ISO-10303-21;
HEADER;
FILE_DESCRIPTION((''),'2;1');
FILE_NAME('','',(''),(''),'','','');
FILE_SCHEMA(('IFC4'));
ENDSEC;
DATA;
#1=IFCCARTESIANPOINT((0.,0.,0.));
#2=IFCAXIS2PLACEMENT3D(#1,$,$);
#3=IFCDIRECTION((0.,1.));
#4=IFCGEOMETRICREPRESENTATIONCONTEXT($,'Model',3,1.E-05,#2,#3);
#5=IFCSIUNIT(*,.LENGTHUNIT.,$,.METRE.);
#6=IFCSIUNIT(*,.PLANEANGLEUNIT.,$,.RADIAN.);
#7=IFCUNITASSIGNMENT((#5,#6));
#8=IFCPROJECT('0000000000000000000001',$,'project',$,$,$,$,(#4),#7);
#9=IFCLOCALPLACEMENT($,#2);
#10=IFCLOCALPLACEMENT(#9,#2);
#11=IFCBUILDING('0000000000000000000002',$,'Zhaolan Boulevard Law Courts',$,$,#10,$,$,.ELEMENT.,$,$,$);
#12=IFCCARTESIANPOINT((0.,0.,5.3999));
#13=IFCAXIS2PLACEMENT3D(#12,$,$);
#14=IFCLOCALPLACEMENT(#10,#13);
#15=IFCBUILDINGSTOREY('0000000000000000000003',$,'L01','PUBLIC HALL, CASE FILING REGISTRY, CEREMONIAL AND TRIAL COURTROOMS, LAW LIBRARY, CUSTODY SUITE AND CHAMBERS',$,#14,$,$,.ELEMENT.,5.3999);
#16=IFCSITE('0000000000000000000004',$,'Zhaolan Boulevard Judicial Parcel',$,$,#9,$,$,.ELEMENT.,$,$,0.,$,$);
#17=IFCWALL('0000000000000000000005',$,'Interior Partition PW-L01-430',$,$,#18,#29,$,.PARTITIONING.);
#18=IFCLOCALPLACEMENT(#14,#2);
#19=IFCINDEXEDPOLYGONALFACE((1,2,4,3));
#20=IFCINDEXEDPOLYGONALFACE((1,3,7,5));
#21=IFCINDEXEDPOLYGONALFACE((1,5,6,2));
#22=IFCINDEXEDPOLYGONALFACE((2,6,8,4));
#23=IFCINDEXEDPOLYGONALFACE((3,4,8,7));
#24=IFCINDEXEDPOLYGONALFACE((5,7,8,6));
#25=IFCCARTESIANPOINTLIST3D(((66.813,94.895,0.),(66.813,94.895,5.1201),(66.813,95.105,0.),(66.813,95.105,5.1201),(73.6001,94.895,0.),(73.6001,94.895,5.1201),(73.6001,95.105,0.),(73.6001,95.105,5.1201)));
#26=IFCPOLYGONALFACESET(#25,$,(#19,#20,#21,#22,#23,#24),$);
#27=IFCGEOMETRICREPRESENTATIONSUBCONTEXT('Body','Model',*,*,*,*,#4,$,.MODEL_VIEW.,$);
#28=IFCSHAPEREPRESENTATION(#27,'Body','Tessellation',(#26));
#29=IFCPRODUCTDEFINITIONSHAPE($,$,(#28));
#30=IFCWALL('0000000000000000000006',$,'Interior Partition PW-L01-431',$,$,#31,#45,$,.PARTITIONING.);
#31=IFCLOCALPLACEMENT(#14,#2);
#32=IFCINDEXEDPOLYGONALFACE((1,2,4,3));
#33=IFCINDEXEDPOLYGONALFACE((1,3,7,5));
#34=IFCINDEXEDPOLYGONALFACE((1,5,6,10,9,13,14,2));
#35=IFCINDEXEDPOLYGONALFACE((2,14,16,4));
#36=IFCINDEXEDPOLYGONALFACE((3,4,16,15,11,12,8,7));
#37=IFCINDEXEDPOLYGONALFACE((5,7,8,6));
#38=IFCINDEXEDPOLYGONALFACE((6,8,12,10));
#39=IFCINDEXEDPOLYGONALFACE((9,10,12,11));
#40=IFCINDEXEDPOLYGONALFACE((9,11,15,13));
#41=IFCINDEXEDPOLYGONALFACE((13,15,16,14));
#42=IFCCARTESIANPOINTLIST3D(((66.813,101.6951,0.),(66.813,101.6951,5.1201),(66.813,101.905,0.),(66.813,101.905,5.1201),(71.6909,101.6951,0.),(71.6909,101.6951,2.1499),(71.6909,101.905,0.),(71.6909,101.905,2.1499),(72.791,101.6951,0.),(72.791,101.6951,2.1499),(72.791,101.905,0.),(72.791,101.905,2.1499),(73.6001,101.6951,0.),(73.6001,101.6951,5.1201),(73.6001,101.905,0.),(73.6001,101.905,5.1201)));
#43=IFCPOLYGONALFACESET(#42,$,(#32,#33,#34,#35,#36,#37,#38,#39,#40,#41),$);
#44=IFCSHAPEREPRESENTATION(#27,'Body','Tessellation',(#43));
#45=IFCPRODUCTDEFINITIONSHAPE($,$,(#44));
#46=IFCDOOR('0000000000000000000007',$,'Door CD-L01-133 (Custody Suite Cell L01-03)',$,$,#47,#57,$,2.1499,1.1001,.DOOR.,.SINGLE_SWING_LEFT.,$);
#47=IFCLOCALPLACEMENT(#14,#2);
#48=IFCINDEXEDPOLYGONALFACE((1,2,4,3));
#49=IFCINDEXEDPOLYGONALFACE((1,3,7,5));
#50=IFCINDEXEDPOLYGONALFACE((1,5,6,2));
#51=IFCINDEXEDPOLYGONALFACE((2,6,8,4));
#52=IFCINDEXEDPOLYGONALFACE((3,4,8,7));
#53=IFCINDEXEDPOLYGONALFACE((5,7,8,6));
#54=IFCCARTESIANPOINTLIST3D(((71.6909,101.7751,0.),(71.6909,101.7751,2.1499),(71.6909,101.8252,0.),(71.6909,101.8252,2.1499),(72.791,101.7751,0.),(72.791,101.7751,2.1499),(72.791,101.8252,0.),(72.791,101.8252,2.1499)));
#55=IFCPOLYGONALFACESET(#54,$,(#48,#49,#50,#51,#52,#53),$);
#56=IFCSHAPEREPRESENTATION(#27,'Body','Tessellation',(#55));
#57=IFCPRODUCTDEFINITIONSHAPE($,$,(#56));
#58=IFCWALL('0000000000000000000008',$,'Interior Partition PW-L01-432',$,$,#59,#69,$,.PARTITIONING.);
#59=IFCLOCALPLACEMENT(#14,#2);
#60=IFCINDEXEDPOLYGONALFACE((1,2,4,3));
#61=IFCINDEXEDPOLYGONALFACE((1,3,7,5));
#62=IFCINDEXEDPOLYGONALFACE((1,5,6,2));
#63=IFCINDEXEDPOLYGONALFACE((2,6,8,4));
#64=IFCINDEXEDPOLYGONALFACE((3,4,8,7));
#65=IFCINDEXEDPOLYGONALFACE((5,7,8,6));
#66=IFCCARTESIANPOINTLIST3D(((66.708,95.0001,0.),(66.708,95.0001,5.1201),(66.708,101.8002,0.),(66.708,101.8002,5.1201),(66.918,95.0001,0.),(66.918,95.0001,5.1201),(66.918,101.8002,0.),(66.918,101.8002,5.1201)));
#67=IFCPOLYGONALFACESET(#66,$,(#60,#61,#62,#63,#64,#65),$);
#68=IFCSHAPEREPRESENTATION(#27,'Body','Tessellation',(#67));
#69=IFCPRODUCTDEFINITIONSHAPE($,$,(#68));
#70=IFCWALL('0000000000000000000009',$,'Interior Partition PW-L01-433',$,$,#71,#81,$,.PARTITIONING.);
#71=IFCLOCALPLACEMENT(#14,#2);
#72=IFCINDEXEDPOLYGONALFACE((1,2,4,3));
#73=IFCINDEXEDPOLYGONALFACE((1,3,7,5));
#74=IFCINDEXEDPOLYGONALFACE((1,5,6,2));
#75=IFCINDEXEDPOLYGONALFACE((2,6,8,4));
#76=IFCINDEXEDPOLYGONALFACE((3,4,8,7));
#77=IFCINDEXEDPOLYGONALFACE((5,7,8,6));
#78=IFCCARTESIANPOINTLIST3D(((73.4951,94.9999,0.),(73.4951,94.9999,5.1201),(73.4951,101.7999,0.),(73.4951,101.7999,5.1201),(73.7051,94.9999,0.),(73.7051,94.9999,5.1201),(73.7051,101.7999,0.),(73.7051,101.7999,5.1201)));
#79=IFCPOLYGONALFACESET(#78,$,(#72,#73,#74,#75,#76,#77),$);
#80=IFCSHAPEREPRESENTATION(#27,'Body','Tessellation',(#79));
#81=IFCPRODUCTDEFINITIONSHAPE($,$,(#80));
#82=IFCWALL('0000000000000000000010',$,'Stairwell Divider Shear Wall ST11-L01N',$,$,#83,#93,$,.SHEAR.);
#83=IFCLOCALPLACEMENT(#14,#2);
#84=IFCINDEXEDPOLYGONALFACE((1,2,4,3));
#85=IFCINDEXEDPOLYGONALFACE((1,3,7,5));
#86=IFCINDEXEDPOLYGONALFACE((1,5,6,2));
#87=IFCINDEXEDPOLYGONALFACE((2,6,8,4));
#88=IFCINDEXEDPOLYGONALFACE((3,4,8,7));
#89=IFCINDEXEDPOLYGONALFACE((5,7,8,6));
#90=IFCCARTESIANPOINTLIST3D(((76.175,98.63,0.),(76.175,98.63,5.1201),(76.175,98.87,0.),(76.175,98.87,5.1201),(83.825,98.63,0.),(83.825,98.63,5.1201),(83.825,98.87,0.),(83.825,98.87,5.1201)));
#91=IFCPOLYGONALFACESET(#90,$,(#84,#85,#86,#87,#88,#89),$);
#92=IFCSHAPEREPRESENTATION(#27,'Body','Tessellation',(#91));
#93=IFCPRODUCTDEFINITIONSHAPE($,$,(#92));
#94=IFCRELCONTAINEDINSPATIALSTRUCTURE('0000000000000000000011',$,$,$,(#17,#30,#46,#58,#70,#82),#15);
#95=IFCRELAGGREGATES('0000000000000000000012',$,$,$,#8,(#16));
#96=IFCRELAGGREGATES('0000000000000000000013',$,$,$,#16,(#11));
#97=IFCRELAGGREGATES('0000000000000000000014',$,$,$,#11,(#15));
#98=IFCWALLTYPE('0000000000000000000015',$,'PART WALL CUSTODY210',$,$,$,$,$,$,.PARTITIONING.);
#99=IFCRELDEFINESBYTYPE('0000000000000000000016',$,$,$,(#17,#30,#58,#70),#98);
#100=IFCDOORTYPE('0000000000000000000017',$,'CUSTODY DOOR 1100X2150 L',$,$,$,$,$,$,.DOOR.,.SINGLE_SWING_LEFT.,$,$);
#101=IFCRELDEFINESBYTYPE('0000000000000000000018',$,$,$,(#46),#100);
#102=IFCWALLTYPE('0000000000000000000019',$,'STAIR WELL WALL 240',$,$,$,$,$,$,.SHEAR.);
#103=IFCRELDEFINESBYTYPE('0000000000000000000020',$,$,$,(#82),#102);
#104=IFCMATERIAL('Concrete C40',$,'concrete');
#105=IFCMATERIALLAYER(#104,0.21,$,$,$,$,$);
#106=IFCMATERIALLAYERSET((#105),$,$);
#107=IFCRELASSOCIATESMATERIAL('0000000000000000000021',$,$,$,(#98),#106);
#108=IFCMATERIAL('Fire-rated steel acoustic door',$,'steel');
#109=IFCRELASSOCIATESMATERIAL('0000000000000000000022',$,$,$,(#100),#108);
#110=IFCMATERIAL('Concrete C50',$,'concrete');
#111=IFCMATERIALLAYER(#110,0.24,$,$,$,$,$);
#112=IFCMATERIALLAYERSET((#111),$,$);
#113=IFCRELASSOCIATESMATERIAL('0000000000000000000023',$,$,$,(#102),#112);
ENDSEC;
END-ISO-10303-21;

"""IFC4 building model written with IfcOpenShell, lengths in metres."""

from ifc_helpers import new_model, si_unit, direction, frame, frame_2d, origin, place, context, subcontext, project, spatial, rectangle, extrude, material, layer, layer_set, type_object, element, fill, save


model = new_model("IFC4")

# Units and contexts
model_context = context("Model", 3, precision=1e-05, world=origin(), true_north=direction((0.0, 1.0)))
body_context = subcontext(model_context, "Body", "Model", "MODEL_VIEW")
ifc_project = project(units=[si_unit("LENGTHUNIT", "METRE"), si_unit("PLANEANGLEUNIT", "RADIAN")], contexts=[model_context])

# Site, building, storey
site_placement = place(None, origin())
site = spatial("IfcSite", under=ifc_project, at=site_placement, Name="Zhaolan Boulevard Judicial Parcel", CompositionType="ELEMENT", RefElevation=0.0)
building_placement = place(site_placement, origin())
building = spatial("IfcBuilding", under=site, at=building_placement, Name="Zhaolan Boulevard Law Courts", CompositionType="ELEMENT")
storey_placement = place(building_placement, frame((0.0, 0.0, 5.3999)))
storey = spatial("IfcBuildingStorey", under=building, at=storey_placement, Name="L01", Description="PUBLIC HALL, CASE FILING REGISTRY, CEREMONIAL AND TRIAL COURTROOMS, LAW LIBRARY, CUSTODY SUITE AND CHAMBERS", CompositionType="ELEMENT", Elevation=5.3999)

# Shared definitions
ifc_material_1 = material(Name="Concrete C40", Category="concrete")
ifc_layer_1 = layer(ifc_material_1, 0.21)
ifc_layer_set_1 = layer_set([ifc_layer_1])
wall_type_1 = type_object("IfcWallType", Name="PART WALL CUSTODY210", PredefinedType="PARTITIONING", material=ifc_layer_set_1)

# Wall
wall_1_placement = place(storey_placement, frame((66.813, 95.0, 0.0), z_axis=(0.0, 0.0, 1.0), x_axis=(1.0, 0.0, 0.0)))
element("IfcWall", 1, at=wall_1_placement, inside=storey, type_object=wall_type_1, Name="Interior Partition PW-L01-430", PredefinedType="PARTITIONING", context=body_context, shape_type="SweptSolid", body=[
    extrude(rectangle(XDim=6.7871, YDim=0.21, at=frame_2d((3.3936, 0.0))), origin(), (0.0, 0.0, 1.0), 5.1201),
])

# Wall, opening, door
wall_2_placement = place(storey_placement, frame((73.6001, 101.8, 0.0), z_axis=(0.0, 0.0, 1.0), x_axis=(-1.0, 0.0, 0.0)))
wall_2 = element("IfcWall", 2, at=wall_2_placement, inside=storey, type_object=wall_type_1, Name="Interior Partition PW-L01-431", PredefinedType="PARTITIONING", context=body_context, shape_type="SweptSolid", body=[
    extrude(rectangle(XDim=6.7871, YDim=0.21, at=frame_2d((3.3936, 0.0))), origin(), (0.0, 0.0, 1.0), 5.1201),
])
opening_1_placement = place(wall_2_placement, frame((0.8091, 0.0, 0.0)))
opening_1 = element("IfcOpeningElement", 3, at=opening_1_placement, cuts=wall_2, PredefinedType="OPENING", context=body_context, shape_type="SweptSolid", body=[
    extrude(rectangle(XDim=1.1001, YDim=2.1499, at=frame_2d((0.55, 1.075))), frame((0.0, 0.115, 0.0), z_axis=(0.0, -1.0, 0.0), x_axis=(1.0, 0.0, 0.0)), (0.0, 0.0, 1.0), 0.23),
])
ifc_material_2 = material(Name="Fire-rated steel acoustic door", Category="steel")
door_type_1 = type_object("IfcDoorType", Name="CUSTODY DOOR 1100X2150 L", OperationType="SINGLE_SWING_LEFT", PredefinedType="DOOR", material=ifc_material_2)
door_1_placement = place(opening_1_placement, origin())
door_1 = element("IfcDoor", 4, at=door_1_placement, inside=storey, type_object=door_type_1, Name="Door CD-L01-133 (Custody Suite Cell L01-03)", OperationType="SINGLE_SWING_LEFT", OverallHeight=2.1499, OverallWidth=1.1001, PredefinedType="DOOR", context=body_context, shape_type="SweptSolid", body=[
    extrude(rectangle(XDim=1.1001, YDim=2.1499, at=frame_2d((0.55, 1.075))), frame((0.0, 0.0249, 0.0), z_axis=(0.0, -1.0, 0.0), x_axis=(1.0, 0.0, 0.0)), (0.0, 0.0, 1.0), 0.05),
])
fill(opening_1, door_1)

# Walls
for number, where, z_axis, x_axis, name in (
    (5, (66.813, 101.8, 0.0), (0.0, 0.0, 1.0), (0.0, -1.0, 0.0), "Interior Partition PW-L01-432"),
    (6, (73.6001, 95.0, 0.0), (0.0, 0.0, 1.0), (0.0, 1.0, 0.0), "Interior Partition PW-L01-433"),
):
    element("IfcWall", number, at=place(storey_placement, frame(where, z_axis=z_axis, x_axis=x_axis)), inside=storey, type_object=wall_type_1, Name=name, PredefinedType="PARTITIONING", context=body_context, shape_type="SweptSolid", body=[
        extrude(rectangle(XDim=6.8, YDim=0.21, at=frame_2d((3.3999, 0.0))), origin(), (0.0, 0.0, 1.0), 5.1201),
    ])
ifc_material_3 = material(Name="Concrete C50", Category="concrete")
ifc_layer_2 = layer(ifc_material_3, 0.24)
ifc_layer_set_2 = layer_set([ifc_layer_2])
wall_type_2 = type_object("IfcWallType", Name="STAIR WELL WALL 240", PredefinedType="SHEAR", material=ifc_layer_set_2)
wall_3_placement = place(storey_placement, frame((76.175, 98.75, 0.0), z_axis=(0.0, 0.0, 1.0), x_axis=(1.0, 0.0, 0.0)))
element("IfcWall", 7, at=wall_3_placement, inside=storey, type_object=wall_type_2, Name="Stairwell Divider Shear Wall ST11-L01N", PredefinedType="SHEAR", context=body_context, shape_type="SweptSolid", body=[
    extrude(rectangle(XDim=7.6499, YDim=0.24, at=frame_2d((3.825, 0.0))), origin(), (0.0, 0.0, 1.0), 5.1201),
])

save(model, "model.ifc")
